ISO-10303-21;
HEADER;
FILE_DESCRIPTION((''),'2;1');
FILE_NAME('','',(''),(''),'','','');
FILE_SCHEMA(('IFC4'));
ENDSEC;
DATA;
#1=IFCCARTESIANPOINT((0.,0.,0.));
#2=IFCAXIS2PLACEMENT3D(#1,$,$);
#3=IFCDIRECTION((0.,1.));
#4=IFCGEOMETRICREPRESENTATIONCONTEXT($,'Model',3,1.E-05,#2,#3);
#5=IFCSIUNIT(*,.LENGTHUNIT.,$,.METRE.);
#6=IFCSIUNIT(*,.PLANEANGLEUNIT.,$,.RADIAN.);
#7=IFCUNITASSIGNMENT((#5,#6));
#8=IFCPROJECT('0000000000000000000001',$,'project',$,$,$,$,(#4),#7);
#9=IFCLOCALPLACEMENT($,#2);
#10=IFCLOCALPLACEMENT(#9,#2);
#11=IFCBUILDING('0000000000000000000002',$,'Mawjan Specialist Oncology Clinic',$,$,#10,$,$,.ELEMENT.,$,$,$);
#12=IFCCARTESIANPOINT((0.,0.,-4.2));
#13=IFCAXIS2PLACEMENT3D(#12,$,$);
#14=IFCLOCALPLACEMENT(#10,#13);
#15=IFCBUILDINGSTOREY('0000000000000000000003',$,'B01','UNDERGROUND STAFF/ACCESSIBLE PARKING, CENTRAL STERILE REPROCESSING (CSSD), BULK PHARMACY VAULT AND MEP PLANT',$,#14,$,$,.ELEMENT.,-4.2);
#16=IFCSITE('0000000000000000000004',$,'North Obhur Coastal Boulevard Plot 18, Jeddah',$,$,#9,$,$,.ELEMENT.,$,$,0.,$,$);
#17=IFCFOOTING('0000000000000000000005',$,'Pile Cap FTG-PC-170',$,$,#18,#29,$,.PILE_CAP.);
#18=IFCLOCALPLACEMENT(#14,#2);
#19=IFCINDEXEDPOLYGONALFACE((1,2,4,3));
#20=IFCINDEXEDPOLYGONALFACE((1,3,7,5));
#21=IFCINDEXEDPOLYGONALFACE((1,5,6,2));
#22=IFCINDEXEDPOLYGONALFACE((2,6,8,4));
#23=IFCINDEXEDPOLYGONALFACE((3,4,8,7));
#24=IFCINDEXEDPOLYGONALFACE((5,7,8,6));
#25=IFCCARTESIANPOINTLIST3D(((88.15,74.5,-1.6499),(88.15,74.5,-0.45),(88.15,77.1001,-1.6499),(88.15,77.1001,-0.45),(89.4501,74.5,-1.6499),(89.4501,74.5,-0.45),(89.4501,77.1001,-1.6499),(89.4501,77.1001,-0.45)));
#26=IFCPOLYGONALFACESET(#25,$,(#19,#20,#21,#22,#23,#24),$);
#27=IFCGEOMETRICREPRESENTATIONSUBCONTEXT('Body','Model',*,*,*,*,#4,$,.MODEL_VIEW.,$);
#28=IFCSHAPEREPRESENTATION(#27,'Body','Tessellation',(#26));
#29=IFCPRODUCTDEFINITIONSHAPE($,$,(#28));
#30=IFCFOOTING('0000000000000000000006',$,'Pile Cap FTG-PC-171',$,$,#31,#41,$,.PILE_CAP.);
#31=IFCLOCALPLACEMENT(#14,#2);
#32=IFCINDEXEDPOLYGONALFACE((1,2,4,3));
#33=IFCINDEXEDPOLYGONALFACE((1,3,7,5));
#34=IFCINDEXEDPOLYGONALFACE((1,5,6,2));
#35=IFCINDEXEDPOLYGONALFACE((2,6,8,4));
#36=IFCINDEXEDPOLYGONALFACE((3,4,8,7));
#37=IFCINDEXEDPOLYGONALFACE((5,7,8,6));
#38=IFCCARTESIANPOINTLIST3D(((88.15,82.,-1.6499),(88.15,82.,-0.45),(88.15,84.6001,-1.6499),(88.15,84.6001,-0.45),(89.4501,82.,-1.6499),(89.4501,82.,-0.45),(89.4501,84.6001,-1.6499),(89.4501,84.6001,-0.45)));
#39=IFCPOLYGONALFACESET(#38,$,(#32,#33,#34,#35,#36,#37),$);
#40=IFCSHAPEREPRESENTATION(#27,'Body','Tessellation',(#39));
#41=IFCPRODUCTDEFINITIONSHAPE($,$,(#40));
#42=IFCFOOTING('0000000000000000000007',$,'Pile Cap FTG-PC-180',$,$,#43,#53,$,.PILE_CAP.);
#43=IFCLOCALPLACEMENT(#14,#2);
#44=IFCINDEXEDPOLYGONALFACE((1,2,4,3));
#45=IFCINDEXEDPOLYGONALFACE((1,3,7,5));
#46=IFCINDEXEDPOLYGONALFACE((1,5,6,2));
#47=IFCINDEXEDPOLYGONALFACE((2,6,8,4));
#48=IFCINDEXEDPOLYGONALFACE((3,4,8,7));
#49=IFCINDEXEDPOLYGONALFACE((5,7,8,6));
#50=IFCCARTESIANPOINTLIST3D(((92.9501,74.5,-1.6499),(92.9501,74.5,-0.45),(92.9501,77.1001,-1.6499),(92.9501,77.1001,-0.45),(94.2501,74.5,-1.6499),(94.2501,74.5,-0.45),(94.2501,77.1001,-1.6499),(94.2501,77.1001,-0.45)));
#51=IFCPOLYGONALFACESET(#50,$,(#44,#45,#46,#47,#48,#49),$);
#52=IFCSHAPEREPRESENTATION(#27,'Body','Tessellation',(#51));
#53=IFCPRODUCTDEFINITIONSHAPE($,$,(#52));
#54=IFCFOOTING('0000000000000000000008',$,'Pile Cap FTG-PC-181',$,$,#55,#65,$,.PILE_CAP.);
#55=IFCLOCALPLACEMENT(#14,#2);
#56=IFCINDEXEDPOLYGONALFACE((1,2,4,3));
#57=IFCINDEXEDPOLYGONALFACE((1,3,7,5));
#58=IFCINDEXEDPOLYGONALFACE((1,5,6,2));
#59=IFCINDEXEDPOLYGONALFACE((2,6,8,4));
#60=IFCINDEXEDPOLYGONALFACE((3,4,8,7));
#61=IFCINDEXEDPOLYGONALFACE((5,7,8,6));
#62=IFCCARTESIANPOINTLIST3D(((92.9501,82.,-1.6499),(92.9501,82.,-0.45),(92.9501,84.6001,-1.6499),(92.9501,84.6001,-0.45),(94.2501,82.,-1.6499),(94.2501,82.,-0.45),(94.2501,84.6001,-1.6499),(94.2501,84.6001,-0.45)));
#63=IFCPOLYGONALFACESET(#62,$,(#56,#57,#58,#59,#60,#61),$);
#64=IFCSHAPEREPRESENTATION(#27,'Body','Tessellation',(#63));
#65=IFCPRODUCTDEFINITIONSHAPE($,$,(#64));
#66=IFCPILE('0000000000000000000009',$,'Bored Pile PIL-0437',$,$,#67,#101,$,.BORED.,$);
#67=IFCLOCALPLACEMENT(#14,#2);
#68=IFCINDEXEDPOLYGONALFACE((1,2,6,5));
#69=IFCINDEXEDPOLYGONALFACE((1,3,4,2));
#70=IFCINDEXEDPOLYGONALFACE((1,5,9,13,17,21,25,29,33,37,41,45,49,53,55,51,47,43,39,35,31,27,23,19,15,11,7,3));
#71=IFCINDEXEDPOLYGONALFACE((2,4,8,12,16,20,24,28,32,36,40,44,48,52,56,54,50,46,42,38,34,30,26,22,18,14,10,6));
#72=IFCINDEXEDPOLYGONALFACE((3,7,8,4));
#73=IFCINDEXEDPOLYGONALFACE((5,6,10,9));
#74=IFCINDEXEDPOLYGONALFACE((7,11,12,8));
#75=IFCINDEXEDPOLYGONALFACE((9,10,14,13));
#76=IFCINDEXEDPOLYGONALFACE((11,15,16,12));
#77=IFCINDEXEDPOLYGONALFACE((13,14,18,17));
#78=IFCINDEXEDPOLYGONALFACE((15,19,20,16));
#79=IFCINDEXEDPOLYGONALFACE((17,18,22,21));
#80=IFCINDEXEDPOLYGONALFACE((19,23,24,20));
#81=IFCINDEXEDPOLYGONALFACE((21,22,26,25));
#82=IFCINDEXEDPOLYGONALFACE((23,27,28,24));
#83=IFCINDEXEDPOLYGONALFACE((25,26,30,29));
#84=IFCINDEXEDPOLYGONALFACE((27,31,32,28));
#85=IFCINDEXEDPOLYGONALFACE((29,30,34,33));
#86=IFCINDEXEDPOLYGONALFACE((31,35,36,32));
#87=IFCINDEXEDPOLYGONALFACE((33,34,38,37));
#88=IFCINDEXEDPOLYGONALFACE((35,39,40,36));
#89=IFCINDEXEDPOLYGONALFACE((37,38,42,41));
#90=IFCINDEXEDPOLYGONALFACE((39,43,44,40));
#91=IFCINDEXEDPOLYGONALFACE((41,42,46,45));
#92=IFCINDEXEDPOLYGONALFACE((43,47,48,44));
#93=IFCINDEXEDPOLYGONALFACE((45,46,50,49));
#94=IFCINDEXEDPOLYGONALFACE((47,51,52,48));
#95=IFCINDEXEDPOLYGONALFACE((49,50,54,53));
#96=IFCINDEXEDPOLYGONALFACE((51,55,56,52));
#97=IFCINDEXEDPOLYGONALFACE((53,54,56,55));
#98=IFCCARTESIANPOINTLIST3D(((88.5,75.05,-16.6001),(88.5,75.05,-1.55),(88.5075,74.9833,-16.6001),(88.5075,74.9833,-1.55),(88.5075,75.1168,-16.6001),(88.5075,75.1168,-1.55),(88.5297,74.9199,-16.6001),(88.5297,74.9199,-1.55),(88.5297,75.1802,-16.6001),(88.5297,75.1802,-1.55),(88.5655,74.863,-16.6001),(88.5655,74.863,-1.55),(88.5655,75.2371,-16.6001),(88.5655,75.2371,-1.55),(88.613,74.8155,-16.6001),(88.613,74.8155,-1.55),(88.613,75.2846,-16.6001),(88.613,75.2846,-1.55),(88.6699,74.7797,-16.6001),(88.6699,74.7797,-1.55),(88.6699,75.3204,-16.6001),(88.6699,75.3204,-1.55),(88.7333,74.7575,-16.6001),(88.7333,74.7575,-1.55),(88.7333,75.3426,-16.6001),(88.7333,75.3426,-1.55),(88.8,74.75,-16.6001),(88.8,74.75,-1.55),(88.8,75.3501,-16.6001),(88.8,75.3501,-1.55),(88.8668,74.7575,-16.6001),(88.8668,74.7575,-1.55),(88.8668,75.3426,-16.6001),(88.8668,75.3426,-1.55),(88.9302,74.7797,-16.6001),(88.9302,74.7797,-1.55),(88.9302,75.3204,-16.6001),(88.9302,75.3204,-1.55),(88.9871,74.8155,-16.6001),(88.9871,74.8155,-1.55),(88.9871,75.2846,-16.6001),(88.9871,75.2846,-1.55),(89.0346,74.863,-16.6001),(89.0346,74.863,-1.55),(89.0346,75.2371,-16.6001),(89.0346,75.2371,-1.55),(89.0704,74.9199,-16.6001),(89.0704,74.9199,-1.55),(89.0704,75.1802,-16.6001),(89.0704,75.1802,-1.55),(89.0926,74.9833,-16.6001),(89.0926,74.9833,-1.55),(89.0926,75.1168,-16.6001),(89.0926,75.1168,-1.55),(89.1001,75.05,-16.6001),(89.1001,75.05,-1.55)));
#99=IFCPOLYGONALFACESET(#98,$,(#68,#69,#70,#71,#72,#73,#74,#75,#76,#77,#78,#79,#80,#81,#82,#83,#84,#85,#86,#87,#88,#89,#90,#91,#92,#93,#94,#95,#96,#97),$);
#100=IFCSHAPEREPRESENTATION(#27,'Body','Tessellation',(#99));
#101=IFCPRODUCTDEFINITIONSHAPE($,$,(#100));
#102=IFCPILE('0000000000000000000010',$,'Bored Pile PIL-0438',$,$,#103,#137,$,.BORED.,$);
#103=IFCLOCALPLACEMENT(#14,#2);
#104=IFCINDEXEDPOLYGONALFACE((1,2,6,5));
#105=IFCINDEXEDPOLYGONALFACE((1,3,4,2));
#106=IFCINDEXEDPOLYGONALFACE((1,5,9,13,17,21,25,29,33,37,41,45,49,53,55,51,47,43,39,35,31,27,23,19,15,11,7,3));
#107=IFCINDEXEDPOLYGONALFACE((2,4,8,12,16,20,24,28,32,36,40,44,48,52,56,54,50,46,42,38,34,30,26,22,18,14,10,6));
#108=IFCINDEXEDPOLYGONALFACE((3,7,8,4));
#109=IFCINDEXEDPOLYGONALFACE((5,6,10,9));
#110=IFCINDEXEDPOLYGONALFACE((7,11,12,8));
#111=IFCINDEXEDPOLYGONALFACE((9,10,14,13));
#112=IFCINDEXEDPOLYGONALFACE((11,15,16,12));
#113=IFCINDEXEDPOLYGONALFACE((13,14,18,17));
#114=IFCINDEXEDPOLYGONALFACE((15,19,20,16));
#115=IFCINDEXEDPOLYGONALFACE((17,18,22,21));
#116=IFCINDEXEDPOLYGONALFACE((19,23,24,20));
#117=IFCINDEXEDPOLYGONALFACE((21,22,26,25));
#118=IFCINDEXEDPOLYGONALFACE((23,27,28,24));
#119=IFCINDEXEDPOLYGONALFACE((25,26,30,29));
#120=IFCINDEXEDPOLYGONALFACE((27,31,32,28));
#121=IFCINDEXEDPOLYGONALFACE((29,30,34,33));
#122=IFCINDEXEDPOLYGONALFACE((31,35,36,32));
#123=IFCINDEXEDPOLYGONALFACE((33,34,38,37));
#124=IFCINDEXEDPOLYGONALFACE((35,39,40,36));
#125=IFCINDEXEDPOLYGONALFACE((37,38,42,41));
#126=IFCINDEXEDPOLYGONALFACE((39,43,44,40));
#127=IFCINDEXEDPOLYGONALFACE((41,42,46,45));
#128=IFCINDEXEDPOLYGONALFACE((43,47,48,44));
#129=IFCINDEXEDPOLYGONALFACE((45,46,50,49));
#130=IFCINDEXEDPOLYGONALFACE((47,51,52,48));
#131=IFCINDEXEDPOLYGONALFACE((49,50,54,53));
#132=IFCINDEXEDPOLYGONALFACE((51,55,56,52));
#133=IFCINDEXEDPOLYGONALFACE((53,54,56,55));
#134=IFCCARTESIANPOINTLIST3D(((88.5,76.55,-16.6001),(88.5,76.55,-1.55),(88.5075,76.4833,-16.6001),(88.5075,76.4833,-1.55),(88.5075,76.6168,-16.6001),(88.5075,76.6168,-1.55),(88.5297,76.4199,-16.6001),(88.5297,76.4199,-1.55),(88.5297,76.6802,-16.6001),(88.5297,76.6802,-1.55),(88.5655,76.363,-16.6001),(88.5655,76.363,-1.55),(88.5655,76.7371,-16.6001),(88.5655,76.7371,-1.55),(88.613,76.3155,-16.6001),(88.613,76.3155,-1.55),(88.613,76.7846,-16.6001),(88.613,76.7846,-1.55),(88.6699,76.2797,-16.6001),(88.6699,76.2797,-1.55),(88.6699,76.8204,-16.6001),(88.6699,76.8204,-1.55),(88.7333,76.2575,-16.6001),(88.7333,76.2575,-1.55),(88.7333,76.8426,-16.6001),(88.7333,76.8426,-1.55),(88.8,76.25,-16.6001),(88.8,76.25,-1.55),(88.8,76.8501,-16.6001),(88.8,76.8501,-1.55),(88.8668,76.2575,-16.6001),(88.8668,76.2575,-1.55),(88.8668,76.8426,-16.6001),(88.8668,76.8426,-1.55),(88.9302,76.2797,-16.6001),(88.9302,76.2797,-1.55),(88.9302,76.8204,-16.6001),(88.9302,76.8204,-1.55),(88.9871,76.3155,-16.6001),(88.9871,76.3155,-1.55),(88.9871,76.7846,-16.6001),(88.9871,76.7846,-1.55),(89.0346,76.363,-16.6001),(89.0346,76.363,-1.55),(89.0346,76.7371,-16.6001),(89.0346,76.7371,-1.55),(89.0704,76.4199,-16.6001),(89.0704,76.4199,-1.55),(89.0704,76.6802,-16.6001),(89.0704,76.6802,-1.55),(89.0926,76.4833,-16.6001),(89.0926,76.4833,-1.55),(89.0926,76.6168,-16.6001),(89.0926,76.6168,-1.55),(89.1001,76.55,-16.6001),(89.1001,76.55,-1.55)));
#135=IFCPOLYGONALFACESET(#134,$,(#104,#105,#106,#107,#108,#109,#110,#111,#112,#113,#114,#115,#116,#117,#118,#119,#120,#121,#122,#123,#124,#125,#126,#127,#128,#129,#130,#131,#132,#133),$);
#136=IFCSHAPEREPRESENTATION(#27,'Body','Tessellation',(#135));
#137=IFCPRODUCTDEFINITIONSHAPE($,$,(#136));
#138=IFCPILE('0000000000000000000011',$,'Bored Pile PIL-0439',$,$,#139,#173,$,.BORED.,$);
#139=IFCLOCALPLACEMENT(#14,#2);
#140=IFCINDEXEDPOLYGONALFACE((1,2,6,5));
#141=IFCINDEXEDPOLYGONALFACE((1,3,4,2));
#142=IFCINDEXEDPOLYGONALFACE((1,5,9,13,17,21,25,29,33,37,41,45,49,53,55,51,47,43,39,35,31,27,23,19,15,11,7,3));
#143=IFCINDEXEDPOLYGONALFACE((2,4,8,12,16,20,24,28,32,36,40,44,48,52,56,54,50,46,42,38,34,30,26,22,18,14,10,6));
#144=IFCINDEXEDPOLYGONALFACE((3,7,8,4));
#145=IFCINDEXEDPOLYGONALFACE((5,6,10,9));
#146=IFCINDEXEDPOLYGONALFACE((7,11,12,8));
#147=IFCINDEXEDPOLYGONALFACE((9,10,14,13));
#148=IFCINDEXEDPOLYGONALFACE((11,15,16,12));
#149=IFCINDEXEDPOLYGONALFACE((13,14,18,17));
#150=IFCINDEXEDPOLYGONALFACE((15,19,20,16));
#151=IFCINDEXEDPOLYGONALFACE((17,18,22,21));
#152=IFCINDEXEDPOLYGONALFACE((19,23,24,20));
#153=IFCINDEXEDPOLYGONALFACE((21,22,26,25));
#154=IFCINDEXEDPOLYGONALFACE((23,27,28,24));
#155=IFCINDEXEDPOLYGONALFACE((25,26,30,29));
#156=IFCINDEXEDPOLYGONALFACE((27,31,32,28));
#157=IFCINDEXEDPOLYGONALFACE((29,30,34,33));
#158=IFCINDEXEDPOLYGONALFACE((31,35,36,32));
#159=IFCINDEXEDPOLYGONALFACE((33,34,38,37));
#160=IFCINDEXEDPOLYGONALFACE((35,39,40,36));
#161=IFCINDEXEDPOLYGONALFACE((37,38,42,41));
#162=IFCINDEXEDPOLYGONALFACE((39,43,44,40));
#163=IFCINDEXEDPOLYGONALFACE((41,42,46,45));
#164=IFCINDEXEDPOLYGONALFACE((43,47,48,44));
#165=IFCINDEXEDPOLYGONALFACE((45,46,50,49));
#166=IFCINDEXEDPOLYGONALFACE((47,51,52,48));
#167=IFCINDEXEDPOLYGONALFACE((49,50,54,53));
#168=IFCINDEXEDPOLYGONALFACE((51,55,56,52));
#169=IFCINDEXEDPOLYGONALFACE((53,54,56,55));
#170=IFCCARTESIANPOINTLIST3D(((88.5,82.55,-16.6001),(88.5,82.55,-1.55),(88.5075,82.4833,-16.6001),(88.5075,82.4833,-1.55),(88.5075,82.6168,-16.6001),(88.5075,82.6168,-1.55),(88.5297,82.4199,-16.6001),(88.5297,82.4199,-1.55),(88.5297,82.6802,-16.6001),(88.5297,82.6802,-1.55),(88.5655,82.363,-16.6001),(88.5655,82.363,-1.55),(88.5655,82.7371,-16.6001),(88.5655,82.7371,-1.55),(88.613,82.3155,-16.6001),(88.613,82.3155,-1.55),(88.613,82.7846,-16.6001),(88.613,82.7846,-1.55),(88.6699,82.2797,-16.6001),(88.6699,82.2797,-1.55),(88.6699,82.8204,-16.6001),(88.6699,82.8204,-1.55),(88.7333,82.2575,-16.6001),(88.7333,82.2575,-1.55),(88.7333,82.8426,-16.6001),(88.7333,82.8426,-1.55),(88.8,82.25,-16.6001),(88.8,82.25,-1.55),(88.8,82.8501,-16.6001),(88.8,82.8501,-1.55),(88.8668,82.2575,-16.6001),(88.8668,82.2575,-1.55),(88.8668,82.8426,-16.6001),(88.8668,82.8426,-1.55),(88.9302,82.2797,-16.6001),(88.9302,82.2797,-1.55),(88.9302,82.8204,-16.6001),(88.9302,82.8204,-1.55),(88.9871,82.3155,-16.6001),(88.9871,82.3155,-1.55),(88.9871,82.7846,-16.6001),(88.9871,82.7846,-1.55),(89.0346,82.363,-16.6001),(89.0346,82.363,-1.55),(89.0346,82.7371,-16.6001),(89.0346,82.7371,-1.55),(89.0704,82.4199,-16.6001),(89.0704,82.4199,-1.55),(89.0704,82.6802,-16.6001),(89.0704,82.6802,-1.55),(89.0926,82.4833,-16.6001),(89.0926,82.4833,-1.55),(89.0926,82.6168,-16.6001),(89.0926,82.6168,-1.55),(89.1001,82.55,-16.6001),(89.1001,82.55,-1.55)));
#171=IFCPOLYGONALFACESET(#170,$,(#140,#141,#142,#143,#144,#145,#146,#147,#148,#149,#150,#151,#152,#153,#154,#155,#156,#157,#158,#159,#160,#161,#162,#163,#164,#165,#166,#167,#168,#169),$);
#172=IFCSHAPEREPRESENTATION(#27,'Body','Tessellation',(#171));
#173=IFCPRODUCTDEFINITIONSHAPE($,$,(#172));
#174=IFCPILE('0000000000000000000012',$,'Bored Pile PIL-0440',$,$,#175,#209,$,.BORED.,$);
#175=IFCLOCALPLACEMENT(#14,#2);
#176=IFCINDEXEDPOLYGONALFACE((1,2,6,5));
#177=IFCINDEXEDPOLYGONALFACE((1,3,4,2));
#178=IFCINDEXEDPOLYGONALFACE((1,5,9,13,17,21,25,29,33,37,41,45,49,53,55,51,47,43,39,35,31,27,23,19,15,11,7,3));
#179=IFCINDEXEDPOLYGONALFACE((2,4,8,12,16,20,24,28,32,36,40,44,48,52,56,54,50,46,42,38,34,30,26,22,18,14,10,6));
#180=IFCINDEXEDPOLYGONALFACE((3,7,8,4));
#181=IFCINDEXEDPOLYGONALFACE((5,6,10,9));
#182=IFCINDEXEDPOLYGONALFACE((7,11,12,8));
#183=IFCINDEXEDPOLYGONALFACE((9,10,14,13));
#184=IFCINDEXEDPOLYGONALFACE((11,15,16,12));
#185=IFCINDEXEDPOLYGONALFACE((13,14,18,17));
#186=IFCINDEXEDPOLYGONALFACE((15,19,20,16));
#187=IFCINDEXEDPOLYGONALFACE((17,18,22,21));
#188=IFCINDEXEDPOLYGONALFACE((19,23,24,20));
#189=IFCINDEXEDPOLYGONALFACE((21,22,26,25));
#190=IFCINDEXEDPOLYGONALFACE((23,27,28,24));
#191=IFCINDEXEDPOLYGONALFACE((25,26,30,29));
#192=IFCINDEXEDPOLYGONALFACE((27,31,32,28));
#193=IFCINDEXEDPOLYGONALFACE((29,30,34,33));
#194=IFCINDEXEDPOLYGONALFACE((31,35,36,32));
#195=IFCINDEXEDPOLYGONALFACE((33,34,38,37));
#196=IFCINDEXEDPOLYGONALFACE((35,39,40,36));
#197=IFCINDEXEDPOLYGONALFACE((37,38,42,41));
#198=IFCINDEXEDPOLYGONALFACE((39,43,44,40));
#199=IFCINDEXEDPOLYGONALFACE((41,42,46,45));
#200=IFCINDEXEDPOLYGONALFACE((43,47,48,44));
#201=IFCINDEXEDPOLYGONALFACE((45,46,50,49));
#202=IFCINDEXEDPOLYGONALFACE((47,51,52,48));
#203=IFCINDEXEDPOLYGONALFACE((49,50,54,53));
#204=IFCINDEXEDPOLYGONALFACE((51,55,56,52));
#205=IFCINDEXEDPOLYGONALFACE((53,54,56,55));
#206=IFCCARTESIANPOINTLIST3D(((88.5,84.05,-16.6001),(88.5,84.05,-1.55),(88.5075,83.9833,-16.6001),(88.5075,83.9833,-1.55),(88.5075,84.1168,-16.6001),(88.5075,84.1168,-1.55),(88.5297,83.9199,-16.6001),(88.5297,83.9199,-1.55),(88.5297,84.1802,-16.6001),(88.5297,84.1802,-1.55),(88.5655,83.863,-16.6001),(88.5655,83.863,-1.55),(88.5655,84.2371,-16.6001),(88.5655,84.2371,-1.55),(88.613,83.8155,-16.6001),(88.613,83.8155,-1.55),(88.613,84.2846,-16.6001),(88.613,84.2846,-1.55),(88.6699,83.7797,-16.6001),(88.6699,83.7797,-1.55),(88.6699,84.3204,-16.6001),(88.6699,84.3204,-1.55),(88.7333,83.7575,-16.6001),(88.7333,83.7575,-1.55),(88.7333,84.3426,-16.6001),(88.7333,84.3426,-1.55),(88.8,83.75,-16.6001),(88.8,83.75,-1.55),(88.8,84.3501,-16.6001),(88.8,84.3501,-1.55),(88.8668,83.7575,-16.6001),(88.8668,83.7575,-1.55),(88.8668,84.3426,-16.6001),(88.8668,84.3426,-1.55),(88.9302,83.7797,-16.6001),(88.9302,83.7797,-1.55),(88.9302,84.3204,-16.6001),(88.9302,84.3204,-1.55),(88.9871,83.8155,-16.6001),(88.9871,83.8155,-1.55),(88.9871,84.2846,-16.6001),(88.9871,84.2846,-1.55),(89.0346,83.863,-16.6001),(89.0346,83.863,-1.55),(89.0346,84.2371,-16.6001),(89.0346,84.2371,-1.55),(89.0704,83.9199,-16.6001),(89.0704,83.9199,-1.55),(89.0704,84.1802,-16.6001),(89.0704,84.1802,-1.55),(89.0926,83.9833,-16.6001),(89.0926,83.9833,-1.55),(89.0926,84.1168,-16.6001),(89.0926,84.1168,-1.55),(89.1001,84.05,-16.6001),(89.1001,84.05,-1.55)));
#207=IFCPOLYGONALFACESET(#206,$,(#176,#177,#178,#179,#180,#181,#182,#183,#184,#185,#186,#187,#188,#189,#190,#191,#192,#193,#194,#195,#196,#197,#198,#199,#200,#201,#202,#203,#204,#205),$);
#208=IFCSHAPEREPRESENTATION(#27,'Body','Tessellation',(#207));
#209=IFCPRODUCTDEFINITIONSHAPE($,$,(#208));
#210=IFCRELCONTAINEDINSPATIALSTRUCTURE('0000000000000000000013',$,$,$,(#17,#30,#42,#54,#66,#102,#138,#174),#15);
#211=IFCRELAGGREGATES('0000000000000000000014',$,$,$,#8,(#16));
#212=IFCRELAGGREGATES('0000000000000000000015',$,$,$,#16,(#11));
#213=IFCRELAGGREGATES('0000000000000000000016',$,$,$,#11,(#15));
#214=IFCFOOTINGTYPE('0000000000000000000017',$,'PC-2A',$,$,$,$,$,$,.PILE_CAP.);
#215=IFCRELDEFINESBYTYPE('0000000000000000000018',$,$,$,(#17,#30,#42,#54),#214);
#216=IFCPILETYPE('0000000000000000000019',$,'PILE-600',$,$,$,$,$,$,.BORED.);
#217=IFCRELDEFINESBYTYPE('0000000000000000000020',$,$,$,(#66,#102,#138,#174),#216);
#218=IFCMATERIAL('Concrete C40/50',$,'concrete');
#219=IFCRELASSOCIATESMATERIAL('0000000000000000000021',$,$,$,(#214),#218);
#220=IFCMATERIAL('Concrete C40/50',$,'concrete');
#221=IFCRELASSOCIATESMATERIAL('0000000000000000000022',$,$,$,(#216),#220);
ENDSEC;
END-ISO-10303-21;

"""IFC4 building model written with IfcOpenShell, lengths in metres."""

from ifc_helpers import new_model, si_unit, direction, frame, origin, origin_2d, place, context, subcontext, project, spatial, rectangle, circle, extrude, material, material_profile, profile_set, type_object, element, save


model = new_model("IFC4")

# Units and contexts
model_context = context("Model", 3, precision=1e-05, world=origin(), true_north=direction((0.0, 1.0)))
body_context = subcontext(model_context, "Body", "Model", "MODEL_VIEW")
ifc_project = project(units=[si_unit("LENGTHUNIT", "METRE"), si_unit("PLANEANGLEUNIT", "RADIAN")], contexts=[model_context])

# Site, building, storey
site_placement = place(None, origin())
site = spatial("IfcSite", under=ifc_project, at=site_placement, Name="North Obhur Coastal Boulevard Plot 18, Jeddah", CompositionType="ELEMENT", RefElevation=0.0)
building_placement = place(site_placement, origin())
building = spatial("IfcBuilding", under=site, at=building_placement, Name="Mawjan Specialist Oncology Clinic", CompositionType="ELEMENT")
storey_placement = place(building_placement, frame((0.0, 0.0, -4.2)))
storey = spatial("IfcBuildingStorey", under=building, at=storey_placement, Name="B01", Description="UNDERGROUND STAFF/ACCESSIBLE PARKING, CENTRAL STERILE REPROCESSING (CSSD), BULK PHARMACY VAULT AND MEP PLANT", CompositionType="ELEMENT", Elevation=-4.2)

# Footings
ifc_material_1 = material(Name="Concrete C40/50", Category="concrete")
footing_type_1 = type_object("IfcFootingType", Name="PC-2A", PredefinedType="PILE_CAP", material=ifc_material_1)
for number, where, z_axis, x_axis, name in (
    (1, (88.8, 75.8, -1.6499), (0.0, 0.0, 1.0), (0.0, 1.0, 0.0), "Pile Cap FTG-PC-170"),
    (2, (88.8, 83.3, -1.6499), (0.0, 0.0, 1.0), (0.0, 1.0, 0.0), "Pile Cap FTG-PC-171"),
    (3, (93.6001, 75.8, -1.6499), (0.0, 0.0, 1.0), (0.0, 1.0, 0.0), "Pile Cap FTG-PC-180"),
    (4, (93.6001, 83.3, -1.6499), (0.0, 0.0, 1.0), (0.0, 1.0, 0.0), "Pile Cap FTG-PC-181"),
):
    element("IfcFooting", number, at=place(storey_placement, frame(where, z_axis=z_axis, x_axis=x_axis)), inside=storey, type_object=footing_type_1, Name=name, PredefinedType="PILE_CAP", context=body_context, shape_type="SweptSolid", body=[
        extrude(rectangle(XDim=2.6001, YDim=1.3, at=origin_2d()), origin(), (0.0, 0.0, 1.0), 1.2),
    ])

# Piles
ifc_material_2 = material(Name="Concrete C40/50", Category="concrete")
ifc_material_profile_1 = material_profile(ifc_material_2, circle(Radius=0.3, at=origin_2d()), Name="BORED PILE D600", Category="concrete")
ifc_profile_set_1 = profile_set([ifc_material_profile_1], Name="Concrete C40/50")
pile_type = type_object("IfcPileType", Name="PILE-600", PredefinedType="BORED", material=ifc_profile_set_1)
for number, where, z_axis, x_axis, name in (
    (5, (88.8, 75.05, -1.55), (0.0, 0.0, -1.0), (1.0, 0.0, 0.0), "Bored Pile PIL-0437"),
    (6, (88.8, 76.55, -1.55), (0.0, 0.0, -1.0), (1.0, 0.0, 0.0), "Bored Pile PIL-0438"),
    (7, (88.8, 82.55, -1.55), (0.0, 0.0, -1.0), (1.0, 0.0, 0.0), "Bored Pile PIL-0439"),
    (8, (88.8, 84.05, -1.55), (0.0, 0.0, -1.0), (1.0, 0.0, 0.0), "Bored Pile PIL-0440"),
):
    element("IfcPile", number, at=place(storey_placement, frame(where, z_axis=z_axis, x_axis=x_axis)), inside=storey, type_object=pile_type, Name=name, PredefinedType="BORED", context=body_context, shape_type="SweptSolid", body=[
        extrude(circle(Radius=0.3, at=origin_2d()), origin(), (0.0, 0.0, 1.0), 15.05),
    ])

save(model, "model.ifc")
